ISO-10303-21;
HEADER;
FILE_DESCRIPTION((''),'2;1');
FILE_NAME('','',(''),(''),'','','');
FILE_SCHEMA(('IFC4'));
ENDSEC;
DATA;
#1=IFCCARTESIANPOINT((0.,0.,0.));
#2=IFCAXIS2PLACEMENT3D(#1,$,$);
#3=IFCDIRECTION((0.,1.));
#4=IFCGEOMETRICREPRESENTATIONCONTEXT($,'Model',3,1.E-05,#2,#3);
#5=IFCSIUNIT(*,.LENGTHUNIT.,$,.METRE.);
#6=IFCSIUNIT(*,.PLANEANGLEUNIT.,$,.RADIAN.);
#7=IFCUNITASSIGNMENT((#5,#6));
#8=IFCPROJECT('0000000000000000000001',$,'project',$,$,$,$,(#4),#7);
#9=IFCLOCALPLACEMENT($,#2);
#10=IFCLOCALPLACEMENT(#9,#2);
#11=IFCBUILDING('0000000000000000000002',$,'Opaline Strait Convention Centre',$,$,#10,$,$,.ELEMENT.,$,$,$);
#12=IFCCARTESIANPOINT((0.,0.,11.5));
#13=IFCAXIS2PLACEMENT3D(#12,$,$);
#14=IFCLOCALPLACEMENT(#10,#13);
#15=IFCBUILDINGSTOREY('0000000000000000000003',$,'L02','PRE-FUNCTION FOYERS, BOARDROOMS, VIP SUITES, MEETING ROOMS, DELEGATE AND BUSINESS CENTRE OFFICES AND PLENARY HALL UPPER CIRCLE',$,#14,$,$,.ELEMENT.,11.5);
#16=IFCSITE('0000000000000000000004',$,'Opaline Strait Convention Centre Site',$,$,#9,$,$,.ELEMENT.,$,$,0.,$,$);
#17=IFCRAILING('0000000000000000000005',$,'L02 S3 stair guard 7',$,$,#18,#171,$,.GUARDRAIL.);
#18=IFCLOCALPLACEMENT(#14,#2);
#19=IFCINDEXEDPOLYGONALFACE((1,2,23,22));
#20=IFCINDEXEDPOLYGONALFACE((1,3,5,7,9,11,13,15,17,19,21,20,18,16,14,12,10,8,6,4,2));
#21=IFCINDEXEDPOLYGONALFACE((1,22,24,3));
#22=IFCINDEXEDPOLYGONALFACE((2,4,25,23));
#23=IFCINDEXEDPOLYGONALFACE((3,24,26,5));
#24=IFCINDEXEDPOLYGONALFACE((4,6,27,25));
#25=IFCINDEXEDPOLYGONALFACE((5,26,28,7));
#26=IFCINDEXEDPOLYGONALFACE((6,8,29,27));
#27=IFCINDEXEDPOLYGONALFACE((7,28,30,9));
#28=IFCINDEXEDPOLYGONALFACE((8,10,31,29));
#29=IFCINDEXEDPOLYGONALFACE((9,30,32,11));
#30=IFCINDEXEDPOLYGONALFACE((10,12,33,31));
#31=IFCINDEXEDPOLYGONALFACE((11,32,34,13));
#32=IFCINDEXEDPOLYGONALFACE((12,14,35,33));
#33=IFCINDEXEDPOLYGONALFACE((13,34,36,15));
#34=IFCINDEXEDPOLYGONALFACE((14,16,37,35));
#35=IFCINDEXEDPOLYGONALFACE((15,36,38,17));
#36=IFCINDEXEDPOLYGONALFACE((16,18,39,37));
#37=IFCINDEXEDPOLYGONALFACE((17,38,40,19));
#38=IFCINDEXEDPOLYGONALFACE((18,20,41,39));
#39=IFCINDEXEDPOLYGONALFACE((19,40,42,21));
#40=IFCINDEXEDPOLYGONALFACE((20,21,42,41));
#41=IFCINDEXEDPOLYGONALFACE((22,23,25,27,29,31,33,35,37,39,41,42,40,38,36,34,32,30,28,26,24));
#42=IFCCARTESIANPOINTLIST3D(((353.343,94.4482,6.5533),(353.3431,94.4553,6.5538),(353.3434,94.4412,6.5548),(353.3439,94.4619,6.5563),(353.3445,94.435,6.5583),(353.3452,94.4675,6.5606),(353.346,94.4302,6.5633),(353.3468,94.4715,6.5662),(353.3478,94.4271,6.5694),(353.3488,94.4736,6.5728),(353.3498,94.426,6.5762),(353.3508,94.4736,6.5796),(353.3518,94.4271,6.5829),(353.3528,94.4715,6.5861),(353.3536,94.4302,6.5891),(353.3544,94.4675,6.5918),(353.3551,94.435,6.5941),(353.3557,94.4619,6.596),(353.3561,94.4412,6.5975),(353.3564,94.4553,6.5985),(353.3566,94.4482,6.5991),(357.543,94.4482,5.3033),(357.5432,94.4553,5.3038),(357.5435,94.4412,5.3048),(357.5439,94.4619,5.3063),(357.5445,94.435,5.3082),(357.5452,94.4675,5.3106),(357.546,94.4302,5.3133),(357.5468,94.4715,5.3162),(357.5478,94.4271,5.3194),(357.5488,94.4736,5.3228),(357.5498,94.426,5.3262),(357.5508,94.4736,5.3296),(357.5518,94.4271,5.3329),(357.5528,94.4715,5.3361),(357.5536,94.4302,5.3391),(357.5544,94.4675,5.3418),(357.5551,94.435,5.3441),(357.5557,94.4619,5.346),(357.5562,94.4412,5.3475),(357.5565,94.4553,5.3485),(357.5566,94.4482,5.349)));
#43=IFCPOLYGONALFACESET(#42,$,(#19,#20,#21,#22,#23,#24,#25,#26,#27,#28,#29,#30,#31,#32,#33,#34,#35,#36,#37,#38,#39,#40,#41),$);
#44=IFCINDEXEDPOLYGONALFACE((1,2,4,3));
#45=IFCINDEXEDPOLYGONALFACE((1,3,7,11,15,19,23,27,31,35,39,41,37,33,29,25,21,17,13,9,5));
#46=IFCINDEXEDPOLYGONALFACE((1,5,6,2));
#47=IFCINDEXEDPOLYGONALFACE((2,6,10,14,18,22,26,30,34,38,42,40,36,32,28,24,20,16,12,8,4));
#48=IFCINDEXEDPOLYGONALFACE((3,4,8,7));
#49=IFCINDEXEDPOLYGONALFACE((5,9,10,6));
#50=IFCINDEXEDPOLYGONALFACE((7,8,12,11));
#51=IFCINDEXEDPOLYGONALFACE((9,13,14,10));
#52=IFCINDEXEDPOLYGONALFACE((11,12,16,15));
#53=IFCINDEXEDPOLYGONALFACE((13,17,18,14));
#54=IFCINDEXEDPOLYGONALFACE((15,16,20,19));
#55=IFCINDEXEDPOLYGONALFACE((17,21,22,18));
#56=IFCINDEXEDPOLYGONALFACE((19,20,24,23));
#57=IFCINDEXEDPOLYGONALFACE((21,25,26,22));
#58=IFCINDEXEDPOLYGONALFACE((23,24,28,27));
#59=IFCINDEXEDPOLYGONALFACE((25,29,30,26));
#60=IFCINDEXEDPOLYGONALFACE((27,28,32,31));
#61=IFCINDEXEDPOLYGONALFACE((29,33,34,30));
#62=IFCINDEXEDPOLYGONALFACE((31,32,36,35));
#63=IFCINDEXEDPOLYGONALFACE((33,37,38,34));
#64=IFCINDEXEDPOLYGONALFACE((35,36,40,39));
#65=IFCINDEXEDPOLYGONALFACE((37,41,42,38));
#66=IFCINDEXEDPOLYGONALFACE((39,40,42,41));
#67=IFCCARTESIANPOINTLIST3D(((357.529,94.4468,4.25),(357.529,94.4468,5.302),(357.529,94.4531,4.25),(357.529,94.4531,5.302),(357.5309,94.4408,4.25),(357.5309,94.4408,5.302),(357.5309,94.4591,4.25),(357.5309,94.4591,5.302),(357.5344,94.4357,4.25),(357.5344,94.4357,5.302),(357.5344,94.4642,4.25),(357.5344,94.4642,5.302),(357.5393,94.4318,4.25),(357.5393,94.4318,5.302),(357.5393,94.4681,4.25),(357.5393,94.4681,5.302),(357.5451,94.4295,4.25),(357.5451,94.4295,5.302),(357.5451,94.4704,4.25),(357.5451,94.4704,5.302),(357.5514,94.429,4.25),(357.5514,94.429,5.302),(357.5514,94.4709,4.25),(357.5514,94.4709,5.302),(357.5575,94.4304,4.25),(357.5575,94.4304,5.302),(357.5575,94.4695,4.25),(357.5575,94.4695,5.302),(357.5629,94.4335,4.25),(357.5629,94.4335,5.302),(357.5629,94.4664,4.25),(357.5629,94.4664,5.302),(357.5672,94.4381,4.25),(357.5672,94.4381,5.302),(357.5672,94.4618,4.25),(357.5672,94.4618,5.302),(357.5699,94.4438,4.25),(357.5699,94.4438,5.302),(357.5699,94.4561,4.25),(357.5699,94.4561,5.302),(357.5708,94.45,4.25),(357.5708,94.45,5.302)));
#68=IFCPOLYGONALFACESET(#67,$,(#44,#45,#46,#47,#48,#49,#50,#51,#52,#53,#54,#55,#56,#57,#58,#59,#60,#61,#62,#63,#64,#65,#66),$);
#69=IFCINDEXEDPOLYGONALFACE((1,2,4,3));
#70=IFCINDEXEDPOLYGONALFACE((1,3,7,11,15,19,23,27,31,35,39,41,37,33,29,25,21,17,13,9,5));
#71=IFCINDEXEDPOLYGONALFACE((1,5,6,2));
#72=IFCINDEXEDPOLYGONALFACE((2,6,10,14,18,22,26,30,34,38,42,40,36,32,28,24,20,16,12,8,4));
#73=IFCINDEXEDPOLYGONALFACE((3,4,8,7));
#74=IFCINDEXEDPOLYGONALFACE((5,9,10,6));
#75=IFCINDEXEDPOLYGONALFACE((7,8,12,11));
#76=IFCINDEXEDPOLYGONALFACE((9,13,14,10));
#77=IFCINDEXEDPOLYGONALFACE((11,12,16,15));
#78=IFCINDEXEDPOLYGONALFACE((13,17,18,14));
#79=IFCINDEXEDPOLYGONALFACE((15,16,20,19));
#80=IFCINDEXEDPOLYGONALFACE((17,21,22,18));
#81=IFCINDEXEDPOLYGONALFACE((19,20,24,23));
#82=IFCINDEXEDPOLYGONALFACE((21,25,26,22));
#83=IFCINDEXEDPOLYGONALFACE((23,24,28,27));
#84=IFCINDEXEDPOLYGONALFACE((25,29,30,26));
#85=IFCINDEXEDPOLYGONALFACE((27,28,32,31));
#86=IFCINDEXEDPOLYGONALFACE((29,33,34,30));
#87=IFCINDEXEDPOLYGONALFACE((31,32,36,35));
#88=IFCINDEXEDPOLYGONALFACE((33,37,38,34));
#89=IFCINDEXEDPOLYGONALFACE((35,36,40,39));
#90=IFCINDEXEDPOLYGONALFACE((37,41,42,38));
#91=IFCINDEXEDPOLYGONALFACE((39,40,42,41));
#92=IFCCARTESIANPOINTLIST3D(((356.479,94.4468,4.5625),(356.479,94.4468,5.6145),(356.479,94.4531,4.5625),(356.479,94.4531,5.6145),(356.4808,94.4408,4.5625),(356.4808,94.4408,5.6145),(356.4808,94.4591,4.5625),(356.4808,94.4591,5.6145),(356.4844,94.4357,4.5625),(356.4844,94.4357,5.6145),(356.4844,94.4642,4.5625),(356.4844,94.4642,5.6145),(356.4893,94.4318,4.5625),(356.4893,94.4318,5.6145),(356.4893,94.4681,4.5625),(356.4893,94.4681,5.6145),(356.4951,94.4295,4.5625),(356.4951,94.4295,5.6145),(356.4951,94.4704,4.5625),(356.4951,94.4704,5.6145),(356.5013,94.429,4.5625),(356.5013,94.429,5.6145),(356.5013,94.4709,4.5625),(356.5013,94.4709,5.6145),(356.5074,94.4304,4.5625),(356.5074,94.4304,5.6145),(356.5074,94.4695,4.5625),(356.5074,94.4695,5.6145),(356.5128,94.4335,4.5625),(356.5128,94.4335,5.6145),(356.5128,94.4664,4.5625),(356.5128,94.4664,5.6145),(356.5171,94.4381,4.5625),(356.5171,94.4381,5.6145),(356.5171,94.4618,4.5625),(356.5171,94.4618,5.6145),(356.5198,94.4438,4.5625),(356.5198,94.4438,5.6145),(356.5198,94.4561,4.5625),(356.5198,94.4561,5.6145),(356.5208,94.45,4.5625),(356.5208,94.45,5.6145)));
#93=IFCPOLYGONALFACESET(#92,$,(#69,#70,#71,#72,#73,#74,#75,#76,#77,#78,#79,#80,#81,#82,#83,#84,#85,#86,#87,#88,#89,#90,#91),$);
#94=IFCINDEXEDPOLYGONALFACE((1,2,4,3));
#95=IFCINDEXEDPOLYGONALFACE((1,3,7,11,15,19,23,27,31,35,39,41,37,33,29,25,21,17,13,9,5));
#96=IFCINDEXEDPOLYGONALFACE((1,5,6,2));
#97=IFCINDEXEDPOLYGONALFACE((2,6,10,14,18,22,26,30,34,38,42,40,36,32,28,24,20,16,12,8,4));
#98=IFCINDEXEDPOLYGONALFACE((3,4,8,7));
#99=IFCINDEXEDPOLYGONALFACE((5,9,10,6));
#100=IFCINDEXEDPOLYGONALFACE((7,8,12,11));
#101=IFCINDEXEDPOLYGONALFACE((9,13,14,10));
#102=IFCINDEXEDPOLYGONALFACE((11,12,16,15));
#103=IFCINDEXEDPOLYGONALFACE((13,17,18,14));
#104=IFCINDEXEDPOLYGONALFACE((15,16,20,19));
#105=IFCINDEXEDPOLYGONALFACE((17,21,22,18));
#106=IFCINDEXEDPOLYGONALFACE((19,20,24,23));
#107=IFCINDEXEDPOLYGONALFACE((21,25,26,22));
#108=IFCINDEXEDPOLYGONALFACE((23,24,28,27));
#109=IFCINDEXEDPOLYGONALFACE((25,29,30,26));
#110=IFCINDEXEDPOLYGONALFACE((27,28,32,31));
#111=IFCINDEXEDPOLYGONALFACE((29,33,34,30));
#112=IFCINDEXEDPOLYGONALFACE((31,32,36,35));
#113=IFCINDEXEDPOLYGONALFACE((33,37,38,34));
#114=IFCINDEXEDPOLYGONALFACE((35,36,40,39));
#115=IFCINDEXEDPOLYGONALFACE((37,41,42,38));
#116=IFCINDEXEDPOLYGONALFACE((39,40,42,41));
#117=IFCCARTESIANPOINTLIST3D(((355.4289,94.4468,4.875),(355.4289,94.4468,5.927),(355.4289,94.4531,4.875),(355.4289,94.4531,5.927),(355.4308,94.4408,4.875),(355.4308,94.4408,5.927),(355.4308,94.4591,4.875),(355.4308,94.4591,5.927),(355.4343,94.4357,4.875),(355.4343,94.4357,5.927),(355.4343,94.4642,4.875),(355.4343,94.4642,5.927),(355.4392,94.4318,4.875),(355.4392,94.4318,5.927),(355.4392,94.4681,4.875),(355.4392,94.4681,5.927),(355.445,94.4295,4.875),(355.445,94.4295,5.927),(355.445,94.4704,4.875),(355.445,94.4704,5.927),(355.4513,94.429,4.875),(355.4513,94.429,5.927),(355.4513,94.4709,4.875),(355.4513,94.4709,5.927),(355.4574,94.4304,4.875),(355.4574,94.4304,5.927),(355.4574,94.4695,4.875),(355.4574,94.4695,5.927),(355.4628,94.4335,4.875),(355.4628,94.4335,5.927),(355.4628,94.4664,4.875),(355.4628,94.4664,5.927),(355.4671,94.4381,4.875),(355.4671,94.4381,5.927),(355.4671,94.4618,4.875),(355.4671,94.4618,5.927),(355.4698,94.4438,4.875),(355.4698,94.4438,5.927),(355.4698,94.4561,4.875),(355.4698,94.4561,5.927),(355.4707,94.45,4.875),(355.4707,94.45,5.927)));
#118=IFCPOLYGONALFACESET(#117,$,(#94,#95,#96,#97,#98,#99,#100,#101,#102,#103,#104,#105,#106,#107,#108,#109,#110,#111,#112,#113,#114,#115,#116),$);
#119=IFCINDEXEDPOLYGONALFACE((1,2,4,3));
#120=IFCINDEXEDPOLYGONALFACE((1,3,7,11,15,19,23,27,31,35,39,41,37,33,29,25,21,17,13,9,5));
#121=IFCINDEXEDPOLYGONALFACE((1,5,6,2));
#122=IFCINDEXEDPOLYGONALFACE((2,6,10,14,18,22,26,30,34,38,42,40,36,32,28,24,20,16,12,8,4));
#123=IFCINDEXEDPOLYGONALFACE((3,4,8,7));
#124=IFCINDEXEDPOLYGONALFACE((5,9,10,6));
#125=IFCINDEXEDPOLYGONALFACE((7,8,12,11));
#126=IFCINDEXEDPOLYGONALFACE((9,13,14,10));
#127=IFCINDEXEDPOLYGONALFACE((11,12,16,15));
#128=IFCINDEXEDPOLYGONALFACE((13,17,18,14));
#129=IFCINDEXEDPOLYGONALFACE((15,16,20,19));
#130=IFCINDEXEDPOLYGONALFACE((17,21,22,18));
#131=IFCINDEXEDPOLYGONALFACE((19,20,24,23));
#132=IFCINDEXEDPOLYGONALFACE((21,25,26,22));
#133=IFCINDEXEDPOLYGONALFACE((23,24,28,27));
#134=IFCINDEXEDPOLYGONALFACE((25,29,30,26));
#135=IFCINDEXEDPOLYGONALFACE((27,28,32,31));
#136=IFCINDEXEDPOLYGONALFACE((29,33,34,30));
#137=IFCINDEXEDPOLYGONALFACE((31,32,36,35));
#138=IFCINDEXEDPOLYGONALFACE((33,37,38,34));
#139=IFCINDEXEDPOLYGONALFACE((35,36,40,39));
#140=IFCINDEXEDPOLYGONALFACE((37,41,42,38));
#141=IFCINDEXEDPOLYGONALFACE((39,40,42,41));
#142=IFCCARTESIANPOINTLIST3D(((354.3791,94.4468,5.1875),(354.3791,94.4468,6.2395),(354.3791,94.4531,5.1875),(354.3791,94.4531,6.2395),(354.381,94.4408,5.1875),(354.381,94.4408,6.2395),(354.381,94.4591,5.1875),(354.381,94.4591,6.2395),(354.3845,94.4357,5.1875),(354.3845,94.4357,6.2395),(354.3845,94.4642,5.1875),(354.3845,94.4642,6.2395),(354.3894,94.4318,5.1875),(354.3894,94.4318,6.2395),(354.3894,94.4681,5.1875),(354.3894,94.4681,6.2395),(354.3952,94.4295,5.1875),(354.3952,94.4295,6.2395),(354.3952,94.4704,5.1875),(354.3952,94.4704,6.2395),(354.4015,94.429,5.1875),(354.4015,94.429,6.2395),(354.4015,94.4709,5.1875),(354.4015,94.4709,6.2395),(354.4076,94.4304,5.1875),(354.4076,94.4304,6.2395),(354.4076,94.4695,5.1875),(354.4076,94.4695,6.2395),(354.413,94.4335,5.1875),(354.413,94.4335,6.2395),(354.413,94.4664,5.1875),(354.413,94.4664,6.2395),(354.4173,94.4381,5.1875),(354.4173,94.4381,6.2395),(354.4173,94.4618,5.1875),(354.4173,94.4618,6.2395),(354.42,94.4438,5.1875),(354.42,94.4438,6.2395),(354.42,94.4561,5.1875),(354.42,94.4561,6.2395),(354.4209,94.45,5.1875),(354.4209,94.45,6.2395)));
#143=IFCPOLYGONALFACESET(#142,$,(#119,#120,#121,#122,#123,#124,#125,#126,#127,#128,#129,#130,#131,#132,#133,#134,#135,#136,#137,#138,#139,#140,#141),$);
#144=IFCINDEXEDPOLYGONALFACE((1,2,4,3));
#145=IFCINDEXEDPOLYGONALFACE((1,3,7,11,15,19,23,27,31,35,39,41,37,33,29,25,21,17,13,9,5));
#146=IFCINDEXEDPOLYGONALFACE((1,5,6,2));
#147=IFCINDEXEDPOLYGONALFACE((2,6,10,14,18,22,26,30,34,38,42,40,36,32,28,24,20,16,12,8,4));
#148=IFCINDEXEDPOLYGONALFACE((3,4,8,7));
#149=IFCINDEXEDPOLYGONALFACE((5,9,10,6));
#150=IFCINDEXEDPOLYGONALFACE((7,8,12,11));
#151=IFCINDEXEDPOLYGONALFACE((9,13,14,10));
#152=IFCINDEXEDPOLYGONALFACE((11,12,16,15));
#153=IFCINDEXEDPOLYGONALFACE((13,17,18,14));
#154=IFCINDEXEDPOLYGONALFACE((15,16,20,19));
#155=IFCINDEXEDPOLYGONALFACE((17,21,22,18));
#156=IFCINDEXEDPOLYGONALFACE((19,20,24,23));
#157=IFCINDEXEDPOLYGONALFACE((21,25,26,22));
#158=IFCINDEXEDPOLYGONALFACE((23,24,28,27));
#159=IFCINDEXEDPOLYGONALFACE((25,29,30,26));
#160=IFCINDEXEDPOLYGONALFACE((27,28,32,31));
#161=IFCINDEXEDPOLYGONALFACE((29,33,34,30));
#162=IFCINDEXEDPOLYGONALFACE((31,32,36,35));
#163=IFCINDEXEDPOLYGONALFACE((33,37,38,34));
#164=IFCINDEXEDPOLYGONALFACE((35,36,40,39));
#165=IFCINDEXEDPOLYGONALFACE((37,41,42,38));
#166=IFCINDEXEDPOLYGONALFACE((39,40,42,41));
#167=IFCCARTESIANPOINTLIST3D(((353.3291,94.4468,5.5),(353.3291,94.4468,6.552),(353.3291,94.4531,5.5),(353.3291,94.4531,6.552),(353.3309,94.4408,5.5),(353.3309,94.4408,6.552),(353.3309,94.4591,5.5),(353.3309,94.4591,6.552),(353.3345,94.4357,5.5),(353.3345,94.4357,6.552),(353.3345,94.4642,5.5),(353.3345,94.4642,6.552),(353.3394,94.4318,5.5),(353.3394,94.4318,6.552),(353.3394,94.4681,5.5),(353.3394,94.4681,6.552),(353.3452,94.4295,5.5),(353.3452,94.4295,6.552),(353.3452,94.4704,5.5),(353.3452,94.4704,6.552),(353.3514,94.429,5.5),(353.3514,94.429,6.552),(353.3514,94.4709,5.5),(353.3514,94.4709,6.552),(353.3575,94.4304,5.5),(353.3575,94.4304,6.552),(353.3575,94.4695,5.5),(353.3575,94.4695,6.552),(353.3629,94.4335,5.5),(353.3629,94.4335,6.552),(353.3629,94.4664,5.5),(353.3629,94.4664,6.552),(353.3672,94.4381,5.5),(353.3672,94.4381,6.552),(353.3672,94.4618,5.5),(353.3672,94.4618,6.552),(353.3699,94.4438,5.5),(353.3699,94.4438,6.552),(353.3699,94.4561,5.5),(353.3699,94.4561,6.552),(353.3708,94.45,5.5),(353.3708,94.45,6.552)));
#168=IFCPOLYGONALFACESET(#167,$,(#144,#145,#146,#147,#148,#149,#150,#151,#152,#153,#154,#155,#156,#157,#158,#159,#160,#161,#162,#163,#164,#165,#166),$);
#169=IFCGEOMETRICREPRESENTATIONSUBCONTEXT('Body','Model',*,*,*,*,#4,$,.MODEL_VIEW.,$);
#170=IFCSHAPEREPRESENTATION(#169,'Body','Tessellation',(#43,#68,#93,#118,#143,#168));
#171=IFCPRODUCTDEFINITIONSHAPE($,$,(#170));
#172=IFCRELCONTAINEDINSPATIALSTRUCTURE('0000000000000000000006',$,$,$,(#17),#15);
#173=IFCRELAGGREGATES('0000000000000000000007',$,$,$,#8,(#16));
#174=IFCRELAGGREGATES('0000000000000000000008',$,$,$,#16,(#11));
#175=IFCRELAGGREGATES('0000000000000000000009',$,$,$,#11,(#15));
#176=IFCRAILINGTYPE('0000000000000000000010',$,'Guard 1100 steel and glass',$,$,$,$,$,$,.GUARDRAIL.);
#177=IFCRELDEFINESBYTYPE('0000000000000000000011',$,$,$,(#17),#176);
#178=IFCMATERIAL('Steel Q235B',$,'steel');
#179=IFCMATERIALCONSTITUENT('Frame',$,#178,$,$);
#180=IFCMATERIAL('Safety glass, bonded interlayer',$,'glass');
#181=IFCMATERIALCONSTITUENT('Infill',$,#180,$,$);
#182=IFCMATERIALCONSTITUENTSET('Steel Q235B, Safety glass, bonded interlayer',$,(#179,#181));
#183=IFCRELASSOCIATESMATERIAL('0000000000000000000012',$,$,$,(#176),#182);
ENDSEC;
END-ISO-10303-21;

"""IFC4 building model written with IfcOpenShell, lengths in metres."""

from ifc_helpers import new_model, si_unit, direction, frame, origin, origin_2d, place, context, subcontext, project, spatial, circle, extrude, material, constituent, constituent_set, type_object, element, save


model = new_model("IFC4")

# Units and contexts
model_context = context("Model", 3, precision=1e-05, world=origin(), true_north=direction((0.0, 1.0)))
body_context = subcontext(model_context, "Body", "Model", "MODEL_VIEW")
ifc_project = project(units=[si_unit("LENGTHUNIT", "METRE"), si_unit("PLANEANGLEUNIT", "RADIAN")], contexts=[model_context])

# Site, building, storey
site_placement = place(None, origin())
site = spatial("IfcSite", under=ifc_project, at=site_placement, Name="Opaline Strait Convention Centre Site", CompositionType="ELEMENT", RefElevation=0.0)
building_placement = place(site_placement, origin())
building = spatial("IfcBuilding", under=site, at=building_placement, Name="Opaline Strait Convention Centre", CompositionType="ELEMENT")
storey_placement = place(building_placement, frame((0.0, 0.0, 11.5)))
storey = spatial("IfcBuildingStorey", under=building, at=storey_placement, Name="L02", Description="PRE-FUNCTION FOYERS, BOARDROOMS, VIP SUITES, MEETING ROOMS, DELEGATE AND BUSINESS CENTRE OFFICES AND PLENARY HALL UPPER CIRCLE", CompositionType="ELEMENT", Elevation=11.5)

# Railing
ifc_material_1 = material(Name="Steel Q235B", Category="steel")
ifc_constituent_1 = constituent(ifc_material_1, Name="Frame")
ifc_material_2 = material(Name="Safety glass, bonded interlayer", Category="glass")
ifc_constituent_2 = constituent(ifc_material_2, Name="Infill")
ifc_constituent_set = constituent_set(constituents=[ifc_constituent_1, ifc_constituent_2], Name="Steel Q235B, Safety glass, bonded interlayer")
railing_type_1 = type_object("IfcRailingType", Name="Guard 1100 steel and glass", PredefinedType="GUARDRAIL", material=ifc_constituent_set)
railing_1_placement = place(storey_placement, frame((357.5498, 94.45, 4.25)))
element("IfcRailing", 1, at=railing_1_placement, inside=storey, type_object=railing_type_1, Name="L02 S3 stair guard 7", PredefinedType="GUARDRAIL", context=body_context, shape_type="SweptSolid", body=[
    extrude(circle(Radius=0.0239, at=origin_2d()), frame((0.0, 0.0, 1.0762), z_axis=(-0.958451, 0.0, 0.285257), x_axis=(0.0, -1.0, 0.0)), (0.0, 0.0, 1.0), 4.3821),
    extrude(circle(Radius=0.021, at=origin_2d()), origin(), (0.0, 0.0, 1.0), 1.052),
    extrude(circle(Radius=0.021, at=origin_2d()), frame((-1.05, 0.0, 0.3125)), (0.0, 0.0, 1.0), 1.052),
    extrude(circle(Radius=0.021, at=origin_2d()), frame((-2.1001, 0.0, 0.625)), (0.0, 0.0, 1.0), 1.052),
    extrude(circle(Radius=0.021, at=origin_2d()), frame((-3.1499, 0.0, 0.9375)), (0.0, 0.0, 1.0), 1.052),
    extrude(circle(Radius=0.021, at=origin_2d()), frame((-4.2, 0.0, 1.25)), (0.0, 0.0, 1.0), 1.052),
])

save(model, "model.ifc")
